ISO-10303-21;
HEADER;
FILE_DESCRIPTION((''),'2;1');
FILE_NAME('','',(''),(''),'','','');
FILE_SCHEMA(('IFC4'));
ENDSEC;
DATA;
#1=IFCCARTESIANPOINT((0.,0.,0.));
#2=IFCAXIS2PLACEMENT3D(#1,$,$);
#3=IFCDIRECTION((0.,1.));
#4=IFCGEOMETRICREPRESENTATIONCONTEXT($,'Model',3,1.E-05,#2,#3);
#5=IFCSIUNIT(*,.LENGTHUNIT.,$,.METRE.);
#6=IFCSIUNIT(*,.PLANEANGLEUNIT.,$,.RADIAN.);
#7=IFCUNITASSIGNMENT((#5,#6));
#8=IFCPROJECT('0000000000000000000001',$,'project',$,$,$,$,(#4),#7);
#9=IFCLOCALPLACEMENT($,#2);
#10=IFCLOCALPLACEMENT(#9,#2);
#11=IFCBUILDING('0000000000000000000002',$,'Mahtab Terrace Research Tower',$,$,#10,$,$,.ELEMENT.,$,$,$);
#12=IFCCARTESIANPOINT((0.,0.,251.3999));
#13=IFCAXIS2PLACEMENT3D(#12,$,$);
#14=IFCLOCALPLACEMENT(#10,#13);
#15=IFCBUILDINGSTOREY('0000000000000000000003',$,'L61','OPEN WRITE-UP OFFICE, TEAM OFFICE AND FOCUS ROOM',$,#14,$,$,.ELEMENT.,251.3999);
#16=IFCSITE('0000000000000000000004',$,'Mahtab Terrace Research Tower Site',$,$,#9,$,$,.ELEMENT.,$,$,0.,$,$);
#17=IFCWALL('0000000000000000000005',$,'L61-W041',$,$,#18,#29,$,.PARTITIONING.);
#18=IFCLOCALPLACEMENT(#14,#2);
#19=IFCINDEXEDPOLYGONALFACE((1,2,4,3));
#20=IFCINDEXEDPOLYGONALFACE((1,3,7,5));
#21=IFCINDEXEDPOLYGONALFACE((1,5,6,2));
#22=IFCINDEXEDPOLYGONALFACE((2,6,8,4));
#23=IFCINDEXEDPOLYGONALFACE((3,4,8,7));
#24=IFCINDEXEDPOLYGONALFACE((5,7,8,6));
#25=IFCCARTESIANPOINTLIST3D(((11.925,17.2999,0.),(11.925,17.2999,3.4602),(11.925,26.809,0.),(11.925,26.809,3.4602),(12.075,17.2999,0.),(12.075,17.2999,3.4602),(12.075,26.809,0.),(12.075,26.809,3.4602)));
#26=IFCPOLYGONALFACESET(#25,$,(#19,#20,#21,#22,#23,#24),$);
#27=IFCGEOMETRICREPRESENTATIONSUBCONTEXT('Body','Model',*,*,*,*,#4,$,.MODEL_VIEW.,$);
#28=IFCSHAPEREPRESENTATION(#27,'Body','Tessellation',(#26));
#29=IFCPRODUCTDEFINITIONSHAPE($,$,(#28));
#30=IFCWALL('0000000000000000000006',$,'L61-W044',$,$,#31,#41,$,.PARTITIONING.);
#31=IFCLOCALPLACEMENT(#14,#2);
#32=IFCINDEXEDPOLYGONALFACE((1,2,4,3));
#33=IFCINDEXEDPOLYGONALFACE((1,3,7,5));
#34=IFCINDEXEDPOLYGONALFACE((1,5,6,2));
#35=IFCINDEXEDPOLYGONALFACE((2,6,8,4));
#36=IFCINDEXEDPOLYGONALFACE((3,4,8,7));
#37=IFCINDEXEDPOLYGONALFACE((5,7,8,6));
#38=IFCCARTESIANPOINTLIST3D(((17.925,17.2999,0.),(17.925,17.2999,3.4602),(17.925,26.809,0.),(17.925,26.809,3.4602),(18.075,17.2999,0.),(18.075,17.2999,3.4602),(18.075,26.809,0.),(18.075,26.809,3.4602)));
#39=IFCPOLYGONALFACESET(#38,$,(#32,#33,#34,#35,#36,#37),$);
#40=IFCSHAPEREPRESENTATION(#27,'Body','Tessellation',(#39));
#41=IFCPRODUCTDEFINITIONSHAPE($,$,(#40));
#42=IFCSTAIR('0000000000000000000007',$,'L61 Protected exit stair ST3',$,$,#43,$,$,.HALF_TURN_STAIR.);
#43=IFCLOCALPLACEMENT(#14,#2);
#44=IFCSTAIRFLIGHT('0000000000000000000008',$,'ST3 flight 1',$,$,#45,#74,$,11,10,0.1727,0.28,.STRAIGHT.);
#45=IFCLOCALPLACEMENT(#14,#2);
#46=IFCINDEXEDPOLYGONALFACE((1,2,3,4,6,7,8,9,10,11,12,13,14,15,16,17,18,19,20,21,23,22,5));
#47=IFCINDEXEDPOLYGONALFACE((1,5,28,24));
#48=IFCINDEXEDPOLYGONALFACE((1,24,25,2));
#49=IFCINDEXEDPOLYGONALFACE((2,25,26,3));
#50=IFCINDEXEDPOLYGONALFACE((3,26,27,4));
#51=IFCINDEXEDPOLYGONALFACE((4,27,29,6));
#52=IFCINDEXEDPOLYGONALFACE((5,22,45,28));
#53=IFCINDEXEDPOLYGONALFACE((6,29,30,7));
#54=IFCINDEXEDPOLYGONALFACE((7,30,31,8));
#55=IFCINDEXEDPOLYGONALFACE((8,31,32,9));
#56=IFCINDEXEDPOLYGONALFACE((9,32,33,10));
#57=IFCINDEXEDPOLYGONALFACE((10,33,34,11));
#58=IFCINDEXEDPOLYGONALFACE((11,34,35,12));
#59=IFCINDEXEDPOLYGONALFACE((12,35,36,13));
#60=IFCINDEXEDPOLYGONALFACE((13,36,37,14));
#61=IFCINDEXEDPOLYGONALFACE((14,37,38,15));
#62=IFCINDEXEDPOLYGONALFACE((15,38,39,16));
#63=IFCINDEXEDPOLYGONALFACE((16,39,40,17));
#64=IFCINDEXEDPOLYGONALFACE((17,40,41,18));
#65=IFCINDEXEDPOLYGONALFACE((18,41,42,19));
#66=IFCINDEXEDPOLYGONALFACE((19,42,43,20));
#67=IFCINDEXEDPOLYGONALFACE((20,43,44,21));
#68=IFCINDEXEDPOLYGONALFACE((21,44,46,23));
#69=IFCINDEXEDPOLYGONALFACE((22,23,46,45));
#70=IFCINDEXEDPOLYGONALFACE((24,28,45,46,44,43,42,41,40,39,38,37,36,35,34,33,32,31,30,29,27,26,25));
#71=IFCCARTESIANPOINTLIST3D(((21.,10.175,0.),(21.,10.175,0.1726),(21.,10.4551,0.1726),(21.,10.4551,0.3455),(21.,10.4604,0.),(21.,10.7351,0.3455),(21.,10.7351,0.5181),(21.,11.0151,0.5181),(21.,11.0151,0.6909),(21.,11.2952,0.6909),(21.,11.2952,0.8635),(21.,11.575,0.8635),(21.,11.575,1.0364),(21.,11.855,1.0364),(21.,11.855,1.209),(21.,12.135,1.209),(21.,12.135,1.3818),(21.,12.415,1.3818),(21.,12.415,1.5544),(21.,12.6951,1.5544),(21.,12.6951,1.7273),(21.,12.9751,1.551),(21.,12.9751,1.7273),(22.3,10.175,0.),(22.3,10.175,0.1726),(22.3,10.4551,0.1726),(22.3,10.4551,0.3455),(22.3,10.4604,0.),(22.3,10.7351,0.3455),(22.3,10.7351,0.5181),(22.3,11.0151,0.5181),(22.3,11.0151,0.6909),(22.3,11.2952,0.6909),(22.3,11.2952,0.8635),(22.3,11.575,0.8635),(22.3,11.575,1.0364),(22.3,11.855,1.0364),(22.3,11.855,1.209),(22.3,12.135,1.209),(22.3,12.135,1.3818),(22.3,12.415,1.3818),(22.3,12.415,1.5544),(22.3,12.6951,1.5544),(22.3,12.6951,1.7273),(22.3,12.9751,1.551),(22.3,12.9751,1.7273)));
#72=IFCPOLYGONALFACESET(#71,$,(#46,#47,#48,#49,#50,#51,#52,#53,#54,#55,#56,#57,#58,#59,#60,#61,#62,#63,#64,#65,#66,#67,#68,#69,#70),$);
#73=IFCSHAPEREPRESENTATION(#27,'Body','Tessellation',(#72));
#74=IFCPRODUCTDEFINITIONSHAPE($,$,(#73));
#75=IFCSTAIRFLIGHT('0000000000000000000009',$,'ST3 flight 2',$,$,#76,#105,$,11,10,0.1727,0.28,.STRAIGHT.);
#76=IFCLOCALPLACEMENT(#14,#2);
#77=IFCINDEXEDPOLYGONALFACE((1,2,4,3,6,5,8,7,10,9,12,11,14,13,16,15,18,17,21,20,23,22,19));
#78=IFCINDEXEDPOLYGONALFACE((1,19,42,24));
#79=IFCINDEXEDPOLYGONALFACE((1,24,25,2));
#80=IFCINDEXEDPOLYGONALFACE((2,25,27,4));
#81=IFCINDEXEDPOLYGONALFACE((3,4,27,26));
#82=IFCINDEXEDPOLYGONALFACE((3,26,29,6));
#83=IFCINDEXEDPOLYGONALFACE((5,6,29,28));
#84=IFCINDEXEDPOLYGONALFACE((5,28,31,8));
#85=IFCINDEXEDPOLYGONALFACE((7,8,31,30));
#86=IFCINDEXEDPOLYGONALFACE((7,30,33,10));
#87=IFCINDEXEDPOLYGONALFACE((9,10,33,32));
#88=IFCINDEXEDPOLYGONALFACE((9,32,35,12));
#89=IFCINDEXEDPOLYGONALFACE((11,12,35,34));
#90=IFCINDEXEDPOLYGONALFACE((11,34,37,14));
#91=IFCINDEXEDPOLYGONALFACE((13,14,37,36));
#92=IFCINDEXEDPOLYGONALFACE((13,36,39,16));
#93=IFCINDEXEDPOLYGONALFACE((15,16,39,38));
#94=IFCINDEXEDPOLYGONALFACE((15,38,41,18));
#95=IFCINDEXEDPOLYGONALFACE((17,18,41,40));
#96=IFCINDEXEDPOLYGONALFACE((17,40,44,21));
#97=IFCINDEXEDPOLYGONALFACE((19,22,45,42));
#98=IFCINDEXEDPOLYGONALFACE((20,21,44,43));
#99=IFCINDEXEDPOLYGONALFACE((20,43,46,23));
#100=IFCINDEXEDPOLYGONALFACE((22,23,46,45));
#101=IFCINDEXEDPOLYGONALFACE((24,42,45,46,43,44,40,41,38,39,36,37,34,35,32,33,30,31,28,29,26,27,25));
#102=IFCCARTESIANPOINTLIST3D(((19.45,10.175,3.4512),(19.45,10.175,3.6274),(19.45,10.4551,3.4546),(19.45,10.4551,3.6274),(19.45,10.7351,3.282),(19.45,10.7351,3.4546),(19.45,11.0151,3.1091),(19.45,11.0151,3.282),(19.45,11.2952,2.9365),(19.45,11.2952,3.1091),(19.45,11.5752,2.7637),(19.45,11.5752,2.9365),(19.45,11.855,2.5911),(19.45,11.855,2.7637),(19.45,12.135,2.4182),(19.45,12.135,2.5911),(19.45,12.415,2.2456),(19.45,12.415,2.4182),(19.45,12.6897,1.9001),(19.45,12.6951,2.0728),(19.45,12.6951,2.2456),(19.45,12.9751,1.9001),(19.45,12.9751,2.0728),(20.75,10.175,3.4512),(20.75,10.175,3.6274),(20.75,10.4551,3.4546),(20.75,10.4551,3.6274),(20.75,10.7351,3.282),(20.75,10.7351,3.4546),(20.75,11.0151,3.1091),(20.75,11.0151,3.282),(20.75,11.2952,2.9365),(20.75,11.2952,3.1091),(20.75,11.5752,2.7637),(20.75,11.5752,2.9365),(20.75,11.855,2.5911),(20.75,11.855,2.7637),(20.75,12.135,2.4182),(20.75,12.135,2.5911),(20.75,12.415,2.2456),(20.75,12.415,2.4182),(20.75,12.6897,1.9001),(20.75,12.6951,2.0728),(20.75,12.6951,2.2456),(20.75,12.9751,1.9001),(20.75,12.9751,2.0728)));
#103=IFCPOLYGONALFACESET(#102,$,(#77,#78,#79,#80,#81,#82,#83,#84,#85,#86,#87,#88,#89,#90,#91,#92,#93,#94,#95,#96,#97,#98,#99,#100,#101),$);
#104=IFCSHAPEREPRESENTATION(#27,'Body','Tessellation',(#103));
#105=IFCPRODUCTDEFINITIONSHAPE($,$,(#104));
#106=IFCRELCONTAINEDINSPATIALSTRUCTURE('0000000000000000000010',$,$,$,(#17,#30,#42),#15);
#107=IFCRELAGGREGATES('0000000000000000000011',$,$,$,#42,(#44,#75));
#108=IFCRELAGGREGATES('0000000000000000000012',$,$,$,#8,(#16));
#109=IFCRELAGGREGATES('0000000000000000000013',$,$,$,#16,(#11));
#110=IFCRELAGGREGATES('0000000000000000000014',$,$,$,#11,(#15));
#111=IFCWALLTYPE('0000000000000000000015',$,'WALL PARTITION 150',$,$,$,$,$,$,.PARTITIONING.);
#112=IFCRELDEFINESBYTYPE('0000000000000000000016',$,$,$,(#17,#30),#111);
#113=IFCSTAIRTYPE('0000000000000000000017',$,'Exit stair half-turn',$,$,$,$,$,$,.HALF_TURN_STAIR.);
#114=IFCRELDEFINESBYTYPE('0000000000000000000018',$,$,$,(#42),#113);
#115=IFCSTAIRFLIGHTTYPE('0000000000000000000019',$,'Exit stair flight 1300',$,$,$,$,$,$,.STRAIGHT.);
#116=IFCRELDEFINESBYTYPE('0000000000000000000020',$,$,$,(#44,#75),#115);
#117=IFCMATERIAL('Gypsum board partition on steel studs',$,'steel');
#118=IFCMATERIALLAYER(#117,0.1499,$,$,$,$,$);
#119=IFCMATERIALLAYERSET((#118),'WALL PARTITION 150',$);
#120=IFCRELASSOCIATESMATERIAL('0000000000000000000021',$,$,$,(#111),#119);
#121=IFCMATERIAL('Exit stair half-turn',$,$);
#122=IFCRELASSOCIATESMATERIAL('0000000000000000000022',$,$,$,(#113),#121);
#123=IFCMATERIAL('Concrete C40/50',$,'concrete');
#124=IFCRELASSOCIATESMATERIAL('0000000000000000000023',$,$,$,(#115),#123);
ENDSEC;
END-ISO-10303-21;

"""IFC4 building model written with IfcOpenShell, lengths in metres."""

from ifc_helpers import new_model, si_unit, direction, frame, frame_2d, origin, place, context, subcontext, project, spatial, polyline, rectangle, outline, extrude, material, layer, layer_set, type_object, element, aggregate, save


model = new_model("IFC4")

# Units and contexts
model_context = context("Model", 3, precision=1e-05, world=origin(), true_north=direction((0.0, 1.0)))
body_context = subcontext(model_context, "Body", "Model", "MODEL_VIEW")
ifc_project = project(units=[si_unit("LENGTHUNIT", "METRE"), si_unit("PLANEANGLEUNIT", "RADIAN")], contexts=[model_context])

# Site, building, storey
site_placement = place(None, origin())
site = spatial("IfcSite", under=ifc_project, at=site_placement, Name="Mahtab Terrace Research Tower Site", CompositionType="ELEMENT", RefElevation=0.0)
building_placement = place(site_placement, origin())
building = spatial("IfcBuilding", under=site, at=building_placement, Name="Mahtab Terrace Research Tower", CompositionType="ELEMENT")
storey_placement = place(building_placement, frame((0.0, 0.0, 251.3999)))
storey = spatial("IfcBuildingStorey", under=building, at=storey_placement, Name="L61", Description="OPEN WRITE-UP OFFICE, TEAM OFFICE AND FOCUS ROOM", CompositionType="ELEMENT", Elevation=251.3999)

# Walls
ifc_material_1 = material(Name="Gypsum board partition on steel studs", Category="steel")
ifc_layer_1 = layer(ifc_material_1, 0.1499)
ifc_layer_set_1 = layer_set([ifc_layer_1], Name="WALL PARTITION 150")
wall_type_1 = type_object("IfcWallType", Name="WALL PARTITION 150", PredefinedType="PARTITIONING", material=ifc_layer_set_1)
for number, where, z_axis, x_axis, name in (
    (1, (12.0, 17.3, 0.0), (0.0, 0.0, 1.0), (0.0, 1.0, 0.0), "L61-W041"),
    (2, (18.0, 17.3, 0.0), (0.0, 0.0, 1.0), (0.0, 1.0, 0.0), "L61-W044"),
):
    element("IfcWall", number, at=place(storey_placement, frame(where, z_axis=z_axis, x_axis=x_axis)), inside=storey, type_object=wall_type_1, Name=name, PredefinedType="PARTITIONING", context=body_context, shape_type="SweptSolid", body=[
        extrude(rectangle(XDim=9.509, YDim=0.1499, at=frame_2d((4.7544, 0.0))), origin(), (0.0, 0.0, 1.0), 3.4602),
    ])

# Stair, stair flights
ifc_material_2 = material(Name="Exit stair half-turn")
stair_type = type_object("IfcStairType", Name="Exit stair half-turn", PredefinedType="HALF_TURN_STAIR", material=ifc_material_2)
stair_placement = place(storey_placement, origin())
stair = element("IfcStair", 3, at=stair_placement, inside=storey, type_object=stair_type, Name="L61 Protected exit stair ST3", PredefinedType="HALF_TURN_STAIR")
ifc_material_3 = material(Name="Concrete C40/50", Category="concrete")
stair_flight_type = type_object("IfcStairFlightType", Name="Exit stair flight 1300", PredefinedType="STRAIGHT", material=ifc_material_3)
stair_flight_1_placement = place(storey_placement, frame((21.6499, 10.175, 0.0), z_axis=(0.0, 0.0, 1.0), x_axis=(0.0, 1.0, 0.0)))
stair_flight_1 = element("IfcStairFlight", 4, at=stair_flight_1_placement, type_object=stair_flight_type, Name="ST3 flight 1", NumberOfRisers=11, NumberOfTreads=10, PredefinedType="STRAIGHT", RiserHeight=0.1727, TreadLength=0.28, context=body_context, shape_type="SweptSolid", body=[
    extrude(outline(polyline([(0.0, 0.0), (0.0, 0.1726), (0.28, 0.1726), (0.28, 0.3455), (0.5601, 0.3455), (0.5601, 0.5181), (0.8401, 0.5181), (0.8401, 0.6909), (1.1201, 0.6909), (1.1201, 0.8635), (1.3999, 0.8635), (1.3999, 1.0364), (1.6799, 1.0364), (1.6799, 1.209), (1.96, 1.209), (1.96, 1.3818), (2.24, 1.3818), (2.24, 1.5544), (2.52, 1.5544), (2.52, 1.7273), (2.8, 1.7273), (2.8, 1.8999), (2.8, 1.551), (0.2854, 0.0), (0.0, 0.0)])), frame((0.0, 0.6499, 0.0), z_axis=(0.0, -1.0, 0.0), x_axis=(1.0, 0.0, 0.0)), (0.0, 0.0, 1.0), 1.3),
])
stair_flight_2_placement = place(storey_placement, frame((20.1001, 12.9751, 1.9001), z_axis=(0.0, 0.0, 1.0), x_axis=(0.0, -1.0, 0.0)))
stair_flight_2 = element("IfcStairFlight", 5, at=stair_flight_2_placement, type_object=stair_flight_type, Name="ST3 flight 2", NumberOfRisers=11, NumberOfTreads=10, PredefinedType="STRAIGHT", RiserHeight=0.1727, TreadLength=0.28, context=body_context, shape_type="SweptSolid", body=[
    extrude(outline(polyline([(0.0, 0.0), (0.0, 0.1726), (0.28, 0.1726), (0.28, 0.3455), (0.5601, 0.3455), (0.5601, 0.5181), (0.8401, 0.5181), (0.8401, 0.6909), (1.1201, 0.6909), (1.1201, 0.8635), (1.3999, 0.8635), (1.3999, 1.0364), (1.6799, 1.0364), (1.6799, 1.209), (1.96, 1.209), (1.96, 1.3818), (2.24, 1.3818), (2.24, 1.5544), (2.52, 1.5544), (2.52, 1.7273), (2.8, 1.7273), (2.8, 1.8999), (2.8, 1.551), (0.2854, 0.0), (0.0, 0.0)])), frame((0.0, 0.6499, 0.0), z_axis=(0.0, -1.0, 0.0), x_axis=(1.0, 0.0, 0.0)), (0.0, 0.0, 1.0), 1.3),
])
aggregate(stair, [stair_flight_1, stair_flight_2])

save(model, "model.ifc")
